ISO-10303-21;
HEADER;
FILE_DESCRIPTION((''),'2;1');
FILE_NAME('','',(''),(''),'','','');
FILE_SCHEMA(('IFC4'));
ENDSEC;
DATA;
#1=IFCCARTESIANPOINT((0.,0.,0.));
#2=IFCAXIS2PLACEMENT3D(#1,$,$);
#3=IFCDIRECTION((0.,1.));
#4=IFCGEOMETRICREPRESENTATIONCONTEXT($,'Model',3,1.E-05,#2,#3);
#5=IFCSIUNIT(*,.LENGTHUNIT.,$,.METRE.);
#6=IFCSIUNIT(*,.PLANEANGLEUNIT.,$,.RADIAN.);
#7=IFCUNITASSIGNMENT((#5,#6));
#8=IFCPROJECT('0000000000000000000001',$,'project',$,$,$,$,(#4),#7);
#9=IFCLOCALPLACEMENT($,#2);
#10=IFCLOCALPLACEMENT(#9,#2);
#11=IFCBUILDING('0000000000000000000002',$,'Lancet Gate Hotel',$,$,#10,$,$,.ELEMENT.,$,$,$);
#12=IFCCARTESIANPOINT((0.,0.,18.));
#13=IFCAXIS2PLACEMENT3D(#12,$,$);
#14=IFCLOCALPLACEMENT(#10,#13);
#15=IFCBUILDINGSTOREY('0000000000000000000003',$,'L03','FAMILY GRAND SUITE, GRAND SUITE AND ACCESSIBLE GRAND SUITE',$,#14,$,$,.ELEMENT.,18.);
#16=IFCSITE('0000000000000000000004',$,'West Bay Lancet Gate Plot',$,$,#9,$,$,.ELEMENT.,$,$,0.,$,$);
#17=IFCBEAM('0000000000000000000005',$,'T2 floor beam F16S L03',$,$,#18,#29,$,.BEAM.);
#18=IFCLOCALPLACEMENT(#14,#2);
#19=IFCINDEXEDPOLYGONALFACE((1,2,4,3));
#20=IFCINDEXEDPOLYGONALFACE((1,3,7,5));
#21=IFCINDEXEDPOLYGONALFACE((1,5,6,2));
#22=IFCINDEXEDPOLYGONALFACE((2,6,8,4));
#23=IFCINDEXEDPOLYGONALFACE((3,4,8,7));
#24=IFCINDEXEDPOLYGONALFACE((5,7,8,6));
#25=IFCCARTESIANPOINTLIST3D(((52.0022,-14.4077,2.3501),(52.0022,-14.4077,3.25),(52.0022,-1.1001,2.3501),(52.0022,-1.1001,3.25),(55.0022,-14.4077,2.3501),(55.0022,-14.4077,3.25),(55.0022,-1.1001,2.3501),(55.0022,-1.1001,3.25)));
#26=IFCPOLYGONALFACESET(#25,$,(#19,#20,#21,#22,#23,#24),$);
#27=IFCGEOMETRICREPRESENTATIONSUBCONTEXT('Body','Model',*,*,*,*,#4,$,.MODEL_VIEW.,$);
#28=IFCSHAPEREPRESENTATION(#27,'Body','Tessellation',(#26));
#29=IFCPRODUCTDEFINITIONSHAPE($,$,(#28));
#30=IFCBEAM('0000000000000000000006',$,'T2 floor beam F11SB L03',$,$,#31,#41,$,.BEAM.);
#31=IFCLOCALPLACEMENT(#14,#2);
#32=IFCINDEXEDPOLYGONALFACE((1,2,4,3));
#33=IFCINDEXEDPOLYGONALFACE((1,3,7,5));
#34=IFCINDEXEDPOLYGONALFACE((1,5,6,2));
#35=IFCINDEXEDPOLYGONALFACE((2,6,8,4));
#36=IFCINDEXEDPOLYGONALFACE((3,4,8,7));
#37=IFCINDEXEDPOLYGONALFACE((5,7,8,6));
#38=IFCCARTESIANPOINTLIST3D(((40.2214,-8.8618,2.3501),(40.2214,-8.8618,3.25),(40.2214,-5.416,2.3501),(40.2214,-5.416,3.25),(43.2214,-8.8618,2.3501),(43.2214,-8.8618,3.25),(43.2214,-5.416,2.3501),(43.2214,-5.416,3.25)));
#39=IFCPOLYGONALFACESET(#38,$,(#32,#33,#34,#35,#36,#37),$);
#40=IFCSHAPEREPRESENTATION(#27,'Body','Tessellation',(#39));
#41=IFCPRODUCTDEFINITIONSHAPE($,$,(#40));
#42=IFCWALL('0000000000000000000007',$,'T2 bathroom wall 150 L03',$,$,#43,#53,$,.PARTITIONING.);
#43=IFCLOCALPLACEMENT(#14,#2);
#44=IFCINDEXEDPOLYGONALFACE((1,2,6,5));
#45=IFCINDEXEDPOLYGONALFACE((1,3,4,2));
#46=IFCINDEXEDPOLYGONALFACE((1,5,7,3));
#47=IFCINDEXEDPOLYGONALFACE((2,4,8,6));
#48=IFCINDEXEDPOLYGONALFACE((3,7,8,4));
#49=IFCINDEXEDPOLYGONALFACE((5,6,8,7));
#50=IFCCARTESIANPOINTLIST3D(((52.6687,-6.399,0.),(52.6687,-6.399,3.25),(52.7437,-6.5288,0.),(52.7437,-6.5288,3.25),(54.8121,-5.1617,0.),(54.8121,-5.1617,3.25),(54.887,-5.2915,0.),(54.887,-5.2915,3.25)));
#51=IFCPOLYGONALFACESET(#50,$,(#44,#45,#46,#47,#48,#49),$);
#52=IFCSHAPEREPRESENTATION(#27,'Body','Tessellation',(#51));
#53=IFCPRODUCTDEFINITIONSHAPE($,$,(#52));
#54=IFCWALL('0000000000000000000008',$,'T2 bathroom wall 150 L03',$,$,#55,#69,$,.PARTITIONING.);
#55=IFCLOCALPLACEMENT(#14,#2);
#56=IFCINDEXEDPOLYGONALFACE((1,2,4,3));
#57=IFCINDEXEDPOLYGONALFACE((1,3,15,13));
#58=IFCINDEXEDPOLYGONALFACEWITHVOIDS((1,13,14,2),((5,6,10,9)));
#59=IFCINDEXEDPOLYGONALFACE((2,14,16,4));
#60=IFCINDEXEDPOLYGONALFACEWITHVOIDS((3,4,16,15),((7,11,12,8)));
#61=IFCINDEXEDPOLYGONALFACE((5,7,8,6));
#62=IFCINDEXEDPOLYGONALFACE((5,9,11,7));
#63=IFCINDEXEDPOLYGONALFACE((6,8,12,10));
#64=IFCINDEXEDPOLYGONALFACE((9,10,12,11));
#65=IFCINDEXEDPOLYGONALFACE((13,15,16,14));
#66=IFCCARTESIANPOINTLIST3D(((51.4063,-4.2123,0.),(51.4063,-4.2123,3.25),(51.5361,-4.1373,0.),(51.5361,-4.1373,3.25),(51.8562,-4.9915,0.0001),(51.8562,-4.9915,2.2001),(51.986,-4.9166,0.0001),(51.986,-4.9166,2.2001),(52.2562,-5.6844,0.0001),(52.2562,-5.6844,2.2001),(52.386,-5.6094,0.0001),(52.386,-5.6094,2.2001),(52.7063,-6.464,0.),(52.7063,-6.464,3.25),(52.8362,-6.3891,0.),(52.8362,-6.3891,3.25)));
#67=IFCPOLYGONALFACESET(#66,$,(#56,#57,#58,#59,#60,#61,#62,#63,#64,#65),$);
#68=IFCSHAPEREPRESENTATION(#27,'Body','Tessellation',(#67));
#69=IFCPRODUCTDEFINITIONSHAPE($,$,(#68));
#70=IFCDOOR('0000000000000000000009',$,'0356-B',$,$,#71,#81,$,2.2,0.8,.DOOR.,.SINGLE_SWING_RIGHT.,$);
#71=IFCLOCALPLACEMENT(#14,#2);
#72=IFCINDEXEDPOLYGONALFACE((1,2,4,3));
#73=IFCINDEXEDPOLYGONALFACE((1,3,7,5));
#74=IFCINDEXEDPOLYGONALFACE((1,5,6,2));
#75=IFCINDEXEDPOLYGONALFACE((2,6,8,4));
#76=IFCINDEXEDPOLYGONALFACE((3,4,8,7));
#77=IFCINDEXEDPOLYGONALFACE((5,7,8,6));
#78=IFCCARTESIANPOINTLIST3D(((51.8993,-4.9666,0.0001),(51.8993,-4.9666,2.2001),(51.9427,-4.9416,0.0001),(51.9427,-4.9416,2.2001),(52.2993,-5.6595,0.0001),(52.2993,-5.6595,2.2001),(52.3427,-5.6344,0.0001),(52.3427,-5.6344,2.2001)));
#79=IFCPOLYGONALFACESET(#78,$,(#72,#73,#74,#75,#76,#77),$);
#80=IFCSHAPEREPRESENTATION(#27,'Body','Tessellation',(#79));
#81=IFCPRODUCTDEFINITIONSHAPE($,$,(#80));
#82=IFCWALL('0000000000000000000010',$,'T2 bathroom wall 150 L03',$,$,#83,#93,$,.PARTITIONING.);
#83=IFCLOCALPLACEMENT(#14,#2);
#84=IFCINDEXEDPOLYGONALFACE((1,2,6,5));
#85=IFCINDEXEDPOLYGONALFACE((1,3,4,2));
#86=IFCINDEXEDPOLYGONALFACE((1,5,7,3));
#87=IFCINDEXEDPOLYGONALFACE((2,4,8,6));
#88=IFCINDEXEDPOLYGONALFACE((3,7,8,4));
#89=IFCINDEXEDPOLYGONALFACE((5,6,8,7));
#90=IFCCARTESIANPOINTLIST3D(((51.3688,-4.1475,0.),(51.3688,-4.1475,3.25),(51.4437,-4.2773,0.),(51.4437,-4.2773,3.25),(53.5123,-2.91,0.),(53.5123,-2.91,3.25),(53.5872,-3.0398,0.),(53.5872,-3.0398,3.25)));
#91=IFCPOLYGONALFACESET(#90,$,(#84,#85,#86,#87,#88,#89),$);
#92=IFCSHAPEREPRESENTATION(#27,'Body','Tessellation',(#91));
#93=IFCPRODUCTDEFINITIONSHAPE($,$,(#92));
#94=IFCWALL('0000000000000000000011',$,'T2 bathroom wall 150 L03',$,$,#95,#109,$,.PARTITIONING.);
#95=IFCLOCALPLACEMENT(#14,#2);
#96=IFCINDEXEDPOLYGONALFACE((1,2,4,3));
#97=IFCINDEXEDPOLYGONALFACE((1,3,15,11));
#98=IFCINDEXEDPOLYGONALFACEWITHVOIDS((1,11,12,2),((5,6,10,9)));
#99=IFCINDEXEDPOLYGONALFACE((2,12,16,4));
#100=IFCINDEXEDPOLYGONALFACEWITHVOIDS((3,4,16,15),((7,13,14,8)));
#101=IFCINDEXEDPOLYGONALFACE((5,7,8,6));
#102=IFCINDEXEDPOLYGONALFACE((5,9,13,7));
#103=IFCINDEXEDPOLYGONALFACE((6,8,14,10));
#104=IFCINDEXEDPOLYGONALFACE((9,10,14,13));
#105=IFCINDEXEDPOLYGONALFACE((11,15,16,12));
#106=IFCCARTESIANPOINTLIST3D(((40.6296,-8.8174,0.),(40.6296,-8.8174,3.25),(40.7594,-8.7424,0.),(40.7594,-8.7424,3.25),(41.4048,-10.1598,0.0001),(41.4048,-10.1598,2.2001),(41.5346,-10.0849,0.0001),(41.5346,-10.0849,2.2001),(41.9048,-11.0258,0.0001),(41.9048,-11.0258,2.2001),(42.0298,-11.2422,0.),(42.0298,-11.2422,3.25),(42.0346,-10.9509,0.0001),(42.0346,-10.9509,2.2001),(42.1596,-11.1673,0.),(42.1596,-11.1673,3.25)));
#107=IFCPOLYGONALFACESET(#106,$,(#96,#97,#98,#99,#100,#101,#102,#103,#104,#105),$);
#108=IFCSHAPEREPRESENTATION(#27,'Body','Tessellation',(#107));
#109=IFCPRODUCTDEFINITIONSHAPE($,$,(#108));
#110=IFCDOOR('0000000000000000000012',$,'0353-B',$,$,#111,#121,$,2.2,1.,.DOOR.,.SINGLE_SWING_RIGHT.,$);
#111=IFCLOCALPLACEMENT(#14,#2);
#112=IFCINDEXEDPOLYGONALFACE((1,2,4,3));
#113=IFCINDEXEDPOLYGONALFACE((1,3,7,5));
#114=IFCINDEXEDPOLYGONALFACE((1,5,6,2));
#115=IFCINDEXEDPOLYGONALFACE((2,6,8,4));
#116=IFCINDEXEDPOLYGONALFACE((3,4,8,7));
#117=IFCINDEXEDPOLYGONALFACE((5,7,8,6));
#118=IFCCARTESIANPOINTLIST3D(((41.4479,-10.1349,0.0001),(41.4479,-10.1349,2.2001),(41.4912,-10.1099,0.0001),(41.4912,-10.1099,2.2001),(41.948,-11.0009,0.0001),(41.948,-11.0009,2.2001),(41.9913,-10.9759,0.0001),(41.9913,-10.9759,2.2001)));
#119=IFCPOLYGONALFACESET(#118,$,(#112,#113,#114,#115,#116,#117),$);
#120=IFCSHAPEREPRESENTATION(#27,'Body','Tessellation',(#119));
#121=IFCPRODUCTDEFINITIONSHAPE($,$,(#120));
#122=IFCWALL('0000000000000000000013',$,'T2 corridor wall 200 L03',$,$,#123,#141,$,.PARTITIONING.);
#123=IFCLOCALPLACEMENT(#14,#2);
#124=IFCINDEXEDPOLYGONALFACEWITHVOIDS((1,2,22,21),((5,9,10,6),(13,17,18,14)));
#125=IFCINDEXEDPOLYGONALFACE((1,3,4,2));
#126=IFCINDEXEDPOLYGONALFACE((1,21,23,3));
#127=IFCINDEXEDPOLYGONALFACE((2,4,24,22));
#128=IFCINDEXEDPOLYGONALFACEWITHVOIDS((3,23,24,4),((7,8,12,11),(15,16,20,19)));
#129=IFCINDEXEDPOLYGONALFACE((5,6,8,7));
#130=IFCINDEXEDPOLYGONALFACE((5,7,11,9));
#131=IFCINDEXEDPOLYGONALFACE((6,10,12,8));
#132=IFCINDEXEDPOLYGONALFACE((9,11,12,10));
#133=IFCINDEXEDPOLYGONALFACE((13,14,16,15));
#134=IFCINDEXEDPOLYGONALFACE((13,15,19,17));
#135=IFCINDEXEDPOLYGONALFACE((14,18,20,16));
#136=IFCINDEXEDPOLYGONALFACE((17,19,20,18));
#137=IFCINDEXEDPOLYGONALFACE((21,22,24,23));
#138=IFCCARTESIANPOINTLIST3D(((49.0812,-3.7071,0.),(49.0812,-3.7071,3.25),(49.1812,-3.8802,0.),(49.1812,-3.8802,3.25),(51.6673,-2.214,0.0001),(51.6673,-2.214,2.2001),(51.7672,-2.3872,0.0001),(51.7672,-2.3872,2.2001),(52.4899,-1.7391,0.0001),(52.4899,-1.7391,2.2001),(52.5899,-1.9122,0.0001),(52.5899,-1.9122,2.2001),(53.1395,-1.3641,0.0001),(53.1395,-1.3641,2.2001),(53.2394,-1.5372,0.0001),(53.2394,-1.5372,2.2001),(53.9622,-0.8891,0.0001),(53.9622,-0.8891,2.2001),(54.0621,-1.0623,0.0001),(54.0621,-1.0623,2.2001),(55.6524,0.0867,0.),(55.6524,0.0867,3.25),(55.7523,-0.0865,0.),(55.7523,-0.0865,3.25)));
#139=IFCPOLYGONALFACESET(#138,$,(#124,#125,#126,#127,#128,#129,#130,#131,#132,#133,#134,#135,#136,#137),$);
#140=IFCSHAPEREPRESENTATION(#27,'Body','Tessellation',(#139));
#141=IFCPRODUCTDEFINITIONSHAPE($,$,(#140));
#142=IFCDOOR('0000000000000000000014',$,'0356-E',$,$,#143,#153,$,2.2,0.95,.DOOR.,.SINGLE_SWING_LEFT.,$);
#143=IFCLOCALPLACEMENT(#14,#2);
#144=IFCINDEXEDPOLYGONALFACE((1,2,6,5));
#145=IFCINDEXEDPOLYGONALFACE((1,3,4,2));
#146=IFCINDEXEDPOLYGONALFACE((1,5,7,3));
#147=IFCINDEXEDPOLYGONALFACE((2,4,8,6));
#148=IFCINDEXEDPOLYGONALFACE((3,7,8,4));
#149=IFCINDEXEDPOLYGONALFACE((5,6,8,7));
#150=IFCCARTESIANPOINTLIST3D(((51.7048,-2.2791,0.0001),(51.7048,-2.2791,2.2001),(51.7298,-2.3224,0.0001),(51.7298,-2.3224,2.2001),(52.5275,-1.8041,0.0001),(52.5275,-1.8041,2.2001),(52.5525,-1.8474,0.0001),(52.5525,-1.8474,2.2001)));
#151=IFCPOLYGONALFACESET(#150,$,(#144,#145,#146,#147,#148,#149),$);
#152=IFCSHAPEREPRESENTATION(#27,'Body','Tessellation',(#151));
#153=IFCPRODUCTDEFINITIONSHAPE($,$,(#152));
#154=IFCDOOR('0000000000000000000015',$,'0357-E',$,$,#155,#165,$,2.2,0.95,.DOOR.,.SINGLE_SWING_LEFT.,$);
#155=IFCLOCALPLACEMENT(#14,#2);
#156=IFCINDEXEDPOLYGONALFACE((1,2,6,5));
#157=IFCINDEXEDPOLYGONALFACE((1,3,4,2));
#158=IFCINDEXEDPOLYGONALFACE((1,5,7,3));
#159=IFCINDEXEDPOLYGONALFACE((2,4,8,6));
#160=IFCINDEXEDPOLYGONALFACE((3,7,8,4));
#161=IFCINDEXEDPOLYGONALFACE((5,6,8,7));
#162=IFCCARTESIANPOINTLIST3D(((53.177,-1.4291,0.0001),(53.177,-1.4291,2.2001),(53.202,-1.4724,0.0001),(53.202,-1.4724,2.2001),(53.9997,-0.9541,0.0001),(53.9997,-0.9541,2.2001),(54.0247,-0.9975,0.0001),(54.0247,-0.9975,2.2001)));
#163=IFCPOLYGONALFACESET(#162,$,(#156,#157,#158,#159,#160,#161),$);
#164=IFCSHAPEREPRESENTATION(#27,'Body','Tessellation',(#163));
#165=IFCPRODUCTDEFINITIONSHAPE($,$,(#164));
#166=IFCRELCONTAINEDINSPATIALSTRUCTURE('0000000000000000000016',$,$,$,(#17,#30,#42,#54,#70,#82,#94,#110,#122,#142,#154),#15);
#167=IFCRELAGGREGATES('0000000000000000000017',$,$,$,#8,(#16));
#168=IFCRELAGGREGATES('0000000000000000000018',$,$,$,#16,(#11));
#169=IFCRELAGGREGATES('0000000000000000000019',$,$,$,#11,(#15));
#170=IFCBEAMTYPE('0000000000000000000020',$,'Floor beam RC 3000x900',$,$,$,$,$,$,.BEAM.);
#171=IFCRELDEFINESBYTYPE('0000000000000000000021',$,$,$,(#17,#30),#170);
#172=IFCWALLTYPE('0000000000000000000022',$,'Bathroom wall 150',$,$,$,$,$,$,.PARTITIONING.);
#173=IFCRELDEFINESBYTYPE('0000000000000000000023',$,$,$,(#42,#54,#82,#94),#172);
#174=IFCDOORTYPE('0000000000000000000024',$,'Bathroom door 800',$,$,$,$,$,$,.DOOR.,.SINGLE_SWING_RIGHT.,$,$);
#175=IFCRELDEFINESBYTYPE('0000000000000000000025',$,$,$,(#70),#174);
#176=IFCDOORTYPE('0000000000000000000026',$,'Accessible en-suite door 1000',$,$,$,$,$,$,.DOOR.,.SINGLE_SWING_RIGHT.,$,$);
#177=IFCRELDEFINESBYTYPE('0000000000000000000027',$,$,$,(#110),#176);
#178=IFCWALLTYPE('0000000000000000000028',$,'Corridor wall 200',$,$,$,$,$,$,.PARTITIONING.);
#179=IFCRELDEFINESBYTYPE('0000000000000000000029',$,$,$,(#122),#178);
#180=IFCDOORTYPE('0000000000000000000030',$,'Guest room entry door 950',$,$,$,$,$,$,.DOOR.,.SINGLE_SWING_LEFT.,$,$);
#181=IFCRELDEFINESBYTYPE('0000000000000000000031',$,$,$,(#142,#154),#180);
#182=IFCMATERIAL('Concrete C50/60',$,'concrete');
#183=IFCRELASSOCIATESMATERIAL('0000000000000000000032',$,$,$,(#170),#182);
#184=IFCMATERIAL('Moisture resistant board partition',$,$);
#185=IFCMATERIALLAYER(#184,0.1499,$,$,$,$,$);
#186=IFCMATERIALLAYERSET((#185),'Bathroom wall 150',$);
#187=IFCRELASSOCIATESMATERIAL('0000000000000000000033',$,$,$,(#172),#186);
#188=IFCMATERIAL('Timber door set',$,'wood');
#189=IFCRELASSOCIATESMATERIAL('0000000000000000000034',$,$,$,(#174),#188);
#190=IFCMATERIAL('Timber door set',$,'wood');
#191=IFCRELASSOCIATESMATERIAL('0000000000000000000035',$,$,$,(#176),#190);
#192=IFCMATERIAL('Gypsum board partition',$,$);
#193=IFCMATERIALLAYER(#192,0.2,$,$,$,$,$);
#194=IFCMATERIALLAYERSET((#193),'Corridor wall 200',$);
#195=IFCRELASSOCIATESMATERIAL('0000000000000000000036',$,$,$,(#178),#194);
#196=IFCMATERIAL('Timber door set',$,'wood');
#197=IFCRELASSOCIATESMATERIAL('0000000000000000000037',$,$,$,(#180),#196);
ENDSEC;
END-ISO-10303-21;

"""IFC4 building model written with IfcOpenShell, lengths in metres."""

from ifc_helpers import new_model, si_unit, direction, frame, frame_2d, origin, origin_2d, place, context, subcontext, project, spatial, rectangle, extrude, material, layer, layer_set, material_profile, profile_set, type_object, element, fill, save


model = new_model("IFC4")

# Units and contexts
model_context = context("Model", 3, precision=1e-05, world=origin(), true_north=direction((0.0, 1.0)))
body_context = subcontext(model_context, "Body", "Model", "MODEL_VIEW")
ifc_project = project(units=[si_unit("LENGTHUNIT", "METRE"), si_unit("PLANEANGLEUNIT", "RADIAN")], contexts=[model_context])

# Site, building, storey
site_placement = place(None, origin())
site = spatial("IfcSite", under=ifc_project, at=site_placement, Name="West Bay Lancet Gate Plot", CompositionType="ELEMENT", RefElevation=0.0)
building_placement = place(site_placement, origin())
building = spatial("IfcBuilding", under=site, at=building_placement, Name="Lancet Gate Hotel", CompositionType="ELEMENT")
storey_placement = place(building_placement, frame((0.0, 0.0, 18.0)))
storey = spatial("IfcBuildingStorey", under=building, at=storey_placement, Name="L03", Description="FAMILY GRAND SUITE, GRAND SUITE AND ACCESSIBLE GRAND SUITE", CompositionType="ELEMENT", Elevation=18.0)

# Beams
ifc_material_1 = material(Name="Concrete C50/60", Category="concrete")
ifc_material_profile = material_profile(ifc_material_1, rectangle(XDim=3.0, YDim=0.8999, at=origin_2d()), Name="RC 3000x900")
ifc_profile_set = profile_set([ifc_material_profile], Name="Concrete C50/60")
beam_type = type_object("IfcBeamType", Name="Floor beam RC 3000x900", PredefinedType="BEAM", material=ifc_profile_set)
beam_1_placement = place(storey_placement, frame((53.5022, -14.4077, 2.8), z_axis=(0.0, 1.0, 0.0), x_axis=(-1.0, 0.0, 0.0)))
element("IfcBeam", 1, at=beam_1_placement, inside=storey, type_object=beam_type, Name="T2 floor beam F16S L03", PredefinedType="BEAM", context=body_context, shape_type="SweptSolid", body=[
    extrude(rectangle(XDim=3.0, YDim=0.8999, at=origin_2d()), origin(), (0.0, 0.0, 1.0), 13.3076),
])
beam_2_placement = place(storey_placement, frame((41.7214, -8.8618, 2.8), z_axis=(0.0, 1.0, 0.0), x_axis=(-1.0, 0.0, 0.0)))
element("IfcBeam", 2, at=beam_2_placement, inside=storey, type_object=beam_type, Name="T2 floor beam F11SB L03", PredefinedType="BEAM", context=body_context, shape_type="SweptSolid", body=[
    extrude(rectangle(XDim=3.0, YDim=0.8999, at=origin_2d()), origin(), (0.0, 0.0, 1.0), 3.4458),
])

# Wall
ifc_material_2 = material(Name="Moisture resistant board partition")
ifc_layer_1 = layer(ifc_material_2, 0.1499)
ifc_layer_set_1 = layer_set([ifc_layer_1], Name="Bathroom wall 150")
wall_type_1 = type_object("IfcWallType", Name="Bathroom wall 150", PredefinedType="PARTITIONING", material=ifc_layer_set_1)
wall_1_placement = place(storey_placement, frame((52.7063, -6.4639, 0.0), z_axis=(0.0, 0.0, 1.0), x_axis=(0.866049, 0.499959, 0.0)))
element("IfcWall", 3, at=wall_1_placement, inside=storey, type_object=wall_type_1, Name="T2 bathroom wall 150 L03", PredefinedType="PARTITIONING", context=body_context, shape_type="SweptSolid", body=[
    extrude(rectangle(XDim=2.4749, YDim=0.1499, at=frame_2d((1.2373, 0.0))), origin(), (0.0, 0.0, 1.0), 3.25),
])

# Wall, opening, door
wall_2_placement = place(storey_placement, frame((51.4712, -4.1748, 0.0), z_axis=(0.0, 0.0, 1.0), x_axis=(0.500007, -0.866021, 0.0)))
wall_2 = element("IfcWall", 4, at=wall_2_placement, inside=storey, type_object=wall_type_1, Name="T2 bathroom wall 150 L03", PredefinedType="PARTITIONING", context=body_context, shape_type="SweptSolid", body=[
    extrude(rectangle(XDim=2.6001, YDim=0.1499, at=frame_2d((1.3, 0.0))), origin(), (0.0, 0.0, 1.0), 3.25),
])
opening_1_placement = place(wall_2_placement, frame((0.8999, 0.0, 0.0)))
opening_1 = element("IfcOpeningElement", 5, at=opening_1_placement, cuts=wall_2, PredefinedType="OPENING", context=body_context, shape_type="SweptSolid", body=[
    extrude(rectangle(XDim=0.8, YDim=2.2, at=frame_2d((0.3999, 1.1001))), frame((0.0, 0.085, 0.0), z_axis=(0.0, -1.0, 0.0), x_axis=(1.0, 0.0, 0.0)), (0.0, 0.0, 1.0), 0.1699),
])
ifc_material_3 = material(Name="Timber door set", Category="wood")
door_type_1 = type_object("IfcDoorType", Name="Bathroom door 800", OperationType="SINGLE_SWING_RIGHT", PredefinedType="DOOR", material=ifc_material_3)
door_1_placement = place(opening_1_placement, origin())
door_1 = element("IfcDoor", 6, at=door_1_placement, inside=storey, type_object=door_type_1, Name="0356-B", OperationType="SINGLE_SWING_RIGHT", OverallHeight=2.2, OverallWidth=0.8, PredefinedType="DOOR", context=body_context, shape_type="SweptSolid", body=[
    extrude(rectangle(XDim=0.8, YDim=2.2, at=frame_2d((0.3999, 1.1001))), frame((0.0, 0.0249, 0.0), z_axis=(0.0, -1.0, 0.0), x_axis=(1.0, 0.0, 0.0)), (0.0, 0.0, 1.0), 0.05),
])
fill(opening_1, door_1)

# Wall
wall_3_placement = place(storey_placement, frame((51.4062, -4.2124, 0.0), z_axis=(0.0, 0.0, 1.0), x_axis=(0.866031, 0.49999, 0.0)))
element("IfcWall", 7, at=wall_3_placement, inside=storey, type_object=wall_type_1, Name="T2 bathroom wall 150 L03", PredefinedType="PARTITIONING", context=body_context, shape_type="SweptSolid", body=[
    extrude(rectangle(XDim=2.4751, YDim=0.1499, at=frame_2d((1.2375, 0.0))), origin(), (0.0, 0.0, 1.0), 3.25),
])

# Wall, opening, door
wall_4_placement = place(storey_placement, frame((40.6946, -8.78, 0.0), z_axis=(0.0, 0.0, 1.0), x_axis=(0.50005, -0.865997, 0.0)))
wall_4 = element("IfcWall", 8, at=wall_4_placement, inside=storey, type_object=wall_type_1, Name="T2 bathroom wall 150 L03", PredefinedType="PARTITIONING", context=body_context, shape_type="SweptSolid", body=[
    extrude(rectangle(XDim=2.8, YDim=0.1499, at=frame_2d((1.3999, 0.0))), origin(), (0.0, 0.0, 1.0), 3.25),
])
opening_2_placement = place(wall_4_placement, frame((1.55, 0.0, 0.0)))
opening_2 = element("IfcOpeningElement", 9, at=opening_2_placement, cuts=wall_4, PredefinedType="OPENING", context=body_context, shape_type="SweptSolid", body=[
    extrude(rectangle(XDim=1.0, YDim=2.2, at=frame_2d((0.5, 1.1001))), frame((0.0, 0.085, 0.0), z_axis=(0.0, -1.0, 0.0), x_axis=(1.0, 0.0, 0.0)), (0.0, 0.0, 1.0), 0.1699),
])
ifc_material_4 = material(Name="Timber door set", Category="wood")
door_type_2 = type_object("IfcDoorType", Name="Accessible en-suite door 1000", OperationType="SINGLE_SWING_RIGHT", PredefinedType="DOOR", material=ifc_material_4)
door_2_placement = place(opening_2_placement, origin())
door_2 = element("IfcDoor", 10, at=door_2_placement, inside=storey, type_object=door_type_2, Name="0353-B", OperationType="SINGLE_SWING_RIGHT", OverallHeight=2.2, OverallWidth=1.0, PredefinedType="DOOR", context=body_context, shape_type="SweptSolid", body=[
    extrude(rectangle(XDim=1.0, YDim=2.2, at=frame_2d((0.5, 1.1001))), frame((0.0, 0.0249, 0.0), z_axis=(0.0, -1.0, 0.0), x_axis=(1.0, 0.0, 0.0)), (0.0, 0.0, 1.0), 0.05),
])
fill(opening_2, door_2)

# Wall, openings, doors
ifc_material_5 = material(Name="Gypsum board partition")
ifc_layer_2 = layer(ifc_material_5, 0.2)
ifc_layer_set_2 = layer_set([ifc_layer_2], Name="Corridor wall 200")
wall_type_2 = type_object("IfcWallType", Name="Corridor wall 200", PredefinedType="PARTITIONING", material=ifc_layer_set_2)
wall_5_placement = place(storey_placement, frame((49.1311, -3.7937, 0.0), z_axis=(0.0, 0.0, 1.0), x_axis=(0.866031, 0.499991, 0.0)))
wall_5 = element("IfcWall", 11, at=wall_5_placement, inside=storey, type_object=wall_type_2, Name="T2 corridor wall 200 L03", PredefinedType="PARTITIONING", context=body_context, shape_type="SweptSolid", body=[
    extrude(rectangle(XDim=7.5876, YDim=0.2, at=frame_2d((3.7939, 0.0))), origin(), (0.0, 0.0, 1.0), 3.25),
])
opening_3_placement = place(wall_5_placement, frame((2.9861, 0.0, 0.0)))
opening_3 = element("IfcOpeningElement", 12, at=opening_3_placement, cuts=wall_5, PredefinedType="OPENING", context=body_context, shape_type="SweptSolid", body=[
    extrude(rectangle(XDim=0.95, YDim=2.2, at=frame_2d((0.4751, 1.1001))), frame((0.0, 0.1099, 0.0), z_axis=(0.0, -1.0, 0.0), x_axis=(1.0, 0.0, 0.0)), (0.0, 0.0, 1.0), 0.22),
])
opening_4_placement = place(wall_5_placement, frame((4.686, 0.0, 0.0)))
opening_4 = element("IfcOpeningElement", 13, at=opening_4_placement, cuts=wall_5, PredefinedType="OPENING", context=body_context, shape_type="SweptSolid", body=[
    extrude(rectangle(XDim=0.95, YDim=2.2, at=frame_2d((0.4751, 1.1001))), frame((0.0, 0.1099, 0.0), z_axis=(0.0, -1.0, 0.0), x_axis=(1.0, 0.0, 0.0)), (0.0, 0.0, 1.0), 0.22),
])
ifc_material_6 = material(Name="Timber door set", Category="wood")
door_type_3 = type_object("IfcDoorType", Name="Guest room entry door 950", OperationType="SINGLE_SWING_LEFT", PredefinedType="DOOR", material=ifc_material_6)
door_3_placement = place(opening_3_placement, origin())
door_3 = element("IfcDoor", 14, at=door_3_placement, inside=storey, type_object=door_type_3, Name="0356-E", OperationType="SINGLE_SWING_LEFT", OverallHeight=2.2, OverallWidth=0.95, PredefinedType="DOOR", context=body_context, shape_type="SweptSolid", body=[
    extrude(rectangle(XDim=0.95, YDim=2.2, at=frame_2d((0.4751, 1.1001))), frame((0.0, 0.0249, 0.0), z_axis=(0.0, -1.0, 0.0), x_axis=(1.0, 0.0, 0.0)), (0.0, 0.0, 1.0), 0.05),
])
fill(opening_3, door_3)
door_4_placement = place(opening_4_placement, origin())
door_4 = element("IfcDoor", 15, at=door_4_placement, inside=storey, type_object=door_type_3, Name="0357-E", OperationType="SINGLE_SWING_LEFT", OverallHeight=2.2, OverallWidth=0.95, PredefinedType="DOOR", context=body_context, shape_type="SweptSolid", body=[
    extrude(rectangle(XDim=0.95, YDim=2.2, at=frame_2d((0.4751, 1.1001))), frame((0.0, 0.0249, 0.0), z_axis=(0.0, -1.0, 0.0), x_axis=(1.0, 0.0, 0.0)), (0.0, 0.0, 1.0), 0.05),
])
fill(opening_4, door_4)

save(model, "model.ifc")
